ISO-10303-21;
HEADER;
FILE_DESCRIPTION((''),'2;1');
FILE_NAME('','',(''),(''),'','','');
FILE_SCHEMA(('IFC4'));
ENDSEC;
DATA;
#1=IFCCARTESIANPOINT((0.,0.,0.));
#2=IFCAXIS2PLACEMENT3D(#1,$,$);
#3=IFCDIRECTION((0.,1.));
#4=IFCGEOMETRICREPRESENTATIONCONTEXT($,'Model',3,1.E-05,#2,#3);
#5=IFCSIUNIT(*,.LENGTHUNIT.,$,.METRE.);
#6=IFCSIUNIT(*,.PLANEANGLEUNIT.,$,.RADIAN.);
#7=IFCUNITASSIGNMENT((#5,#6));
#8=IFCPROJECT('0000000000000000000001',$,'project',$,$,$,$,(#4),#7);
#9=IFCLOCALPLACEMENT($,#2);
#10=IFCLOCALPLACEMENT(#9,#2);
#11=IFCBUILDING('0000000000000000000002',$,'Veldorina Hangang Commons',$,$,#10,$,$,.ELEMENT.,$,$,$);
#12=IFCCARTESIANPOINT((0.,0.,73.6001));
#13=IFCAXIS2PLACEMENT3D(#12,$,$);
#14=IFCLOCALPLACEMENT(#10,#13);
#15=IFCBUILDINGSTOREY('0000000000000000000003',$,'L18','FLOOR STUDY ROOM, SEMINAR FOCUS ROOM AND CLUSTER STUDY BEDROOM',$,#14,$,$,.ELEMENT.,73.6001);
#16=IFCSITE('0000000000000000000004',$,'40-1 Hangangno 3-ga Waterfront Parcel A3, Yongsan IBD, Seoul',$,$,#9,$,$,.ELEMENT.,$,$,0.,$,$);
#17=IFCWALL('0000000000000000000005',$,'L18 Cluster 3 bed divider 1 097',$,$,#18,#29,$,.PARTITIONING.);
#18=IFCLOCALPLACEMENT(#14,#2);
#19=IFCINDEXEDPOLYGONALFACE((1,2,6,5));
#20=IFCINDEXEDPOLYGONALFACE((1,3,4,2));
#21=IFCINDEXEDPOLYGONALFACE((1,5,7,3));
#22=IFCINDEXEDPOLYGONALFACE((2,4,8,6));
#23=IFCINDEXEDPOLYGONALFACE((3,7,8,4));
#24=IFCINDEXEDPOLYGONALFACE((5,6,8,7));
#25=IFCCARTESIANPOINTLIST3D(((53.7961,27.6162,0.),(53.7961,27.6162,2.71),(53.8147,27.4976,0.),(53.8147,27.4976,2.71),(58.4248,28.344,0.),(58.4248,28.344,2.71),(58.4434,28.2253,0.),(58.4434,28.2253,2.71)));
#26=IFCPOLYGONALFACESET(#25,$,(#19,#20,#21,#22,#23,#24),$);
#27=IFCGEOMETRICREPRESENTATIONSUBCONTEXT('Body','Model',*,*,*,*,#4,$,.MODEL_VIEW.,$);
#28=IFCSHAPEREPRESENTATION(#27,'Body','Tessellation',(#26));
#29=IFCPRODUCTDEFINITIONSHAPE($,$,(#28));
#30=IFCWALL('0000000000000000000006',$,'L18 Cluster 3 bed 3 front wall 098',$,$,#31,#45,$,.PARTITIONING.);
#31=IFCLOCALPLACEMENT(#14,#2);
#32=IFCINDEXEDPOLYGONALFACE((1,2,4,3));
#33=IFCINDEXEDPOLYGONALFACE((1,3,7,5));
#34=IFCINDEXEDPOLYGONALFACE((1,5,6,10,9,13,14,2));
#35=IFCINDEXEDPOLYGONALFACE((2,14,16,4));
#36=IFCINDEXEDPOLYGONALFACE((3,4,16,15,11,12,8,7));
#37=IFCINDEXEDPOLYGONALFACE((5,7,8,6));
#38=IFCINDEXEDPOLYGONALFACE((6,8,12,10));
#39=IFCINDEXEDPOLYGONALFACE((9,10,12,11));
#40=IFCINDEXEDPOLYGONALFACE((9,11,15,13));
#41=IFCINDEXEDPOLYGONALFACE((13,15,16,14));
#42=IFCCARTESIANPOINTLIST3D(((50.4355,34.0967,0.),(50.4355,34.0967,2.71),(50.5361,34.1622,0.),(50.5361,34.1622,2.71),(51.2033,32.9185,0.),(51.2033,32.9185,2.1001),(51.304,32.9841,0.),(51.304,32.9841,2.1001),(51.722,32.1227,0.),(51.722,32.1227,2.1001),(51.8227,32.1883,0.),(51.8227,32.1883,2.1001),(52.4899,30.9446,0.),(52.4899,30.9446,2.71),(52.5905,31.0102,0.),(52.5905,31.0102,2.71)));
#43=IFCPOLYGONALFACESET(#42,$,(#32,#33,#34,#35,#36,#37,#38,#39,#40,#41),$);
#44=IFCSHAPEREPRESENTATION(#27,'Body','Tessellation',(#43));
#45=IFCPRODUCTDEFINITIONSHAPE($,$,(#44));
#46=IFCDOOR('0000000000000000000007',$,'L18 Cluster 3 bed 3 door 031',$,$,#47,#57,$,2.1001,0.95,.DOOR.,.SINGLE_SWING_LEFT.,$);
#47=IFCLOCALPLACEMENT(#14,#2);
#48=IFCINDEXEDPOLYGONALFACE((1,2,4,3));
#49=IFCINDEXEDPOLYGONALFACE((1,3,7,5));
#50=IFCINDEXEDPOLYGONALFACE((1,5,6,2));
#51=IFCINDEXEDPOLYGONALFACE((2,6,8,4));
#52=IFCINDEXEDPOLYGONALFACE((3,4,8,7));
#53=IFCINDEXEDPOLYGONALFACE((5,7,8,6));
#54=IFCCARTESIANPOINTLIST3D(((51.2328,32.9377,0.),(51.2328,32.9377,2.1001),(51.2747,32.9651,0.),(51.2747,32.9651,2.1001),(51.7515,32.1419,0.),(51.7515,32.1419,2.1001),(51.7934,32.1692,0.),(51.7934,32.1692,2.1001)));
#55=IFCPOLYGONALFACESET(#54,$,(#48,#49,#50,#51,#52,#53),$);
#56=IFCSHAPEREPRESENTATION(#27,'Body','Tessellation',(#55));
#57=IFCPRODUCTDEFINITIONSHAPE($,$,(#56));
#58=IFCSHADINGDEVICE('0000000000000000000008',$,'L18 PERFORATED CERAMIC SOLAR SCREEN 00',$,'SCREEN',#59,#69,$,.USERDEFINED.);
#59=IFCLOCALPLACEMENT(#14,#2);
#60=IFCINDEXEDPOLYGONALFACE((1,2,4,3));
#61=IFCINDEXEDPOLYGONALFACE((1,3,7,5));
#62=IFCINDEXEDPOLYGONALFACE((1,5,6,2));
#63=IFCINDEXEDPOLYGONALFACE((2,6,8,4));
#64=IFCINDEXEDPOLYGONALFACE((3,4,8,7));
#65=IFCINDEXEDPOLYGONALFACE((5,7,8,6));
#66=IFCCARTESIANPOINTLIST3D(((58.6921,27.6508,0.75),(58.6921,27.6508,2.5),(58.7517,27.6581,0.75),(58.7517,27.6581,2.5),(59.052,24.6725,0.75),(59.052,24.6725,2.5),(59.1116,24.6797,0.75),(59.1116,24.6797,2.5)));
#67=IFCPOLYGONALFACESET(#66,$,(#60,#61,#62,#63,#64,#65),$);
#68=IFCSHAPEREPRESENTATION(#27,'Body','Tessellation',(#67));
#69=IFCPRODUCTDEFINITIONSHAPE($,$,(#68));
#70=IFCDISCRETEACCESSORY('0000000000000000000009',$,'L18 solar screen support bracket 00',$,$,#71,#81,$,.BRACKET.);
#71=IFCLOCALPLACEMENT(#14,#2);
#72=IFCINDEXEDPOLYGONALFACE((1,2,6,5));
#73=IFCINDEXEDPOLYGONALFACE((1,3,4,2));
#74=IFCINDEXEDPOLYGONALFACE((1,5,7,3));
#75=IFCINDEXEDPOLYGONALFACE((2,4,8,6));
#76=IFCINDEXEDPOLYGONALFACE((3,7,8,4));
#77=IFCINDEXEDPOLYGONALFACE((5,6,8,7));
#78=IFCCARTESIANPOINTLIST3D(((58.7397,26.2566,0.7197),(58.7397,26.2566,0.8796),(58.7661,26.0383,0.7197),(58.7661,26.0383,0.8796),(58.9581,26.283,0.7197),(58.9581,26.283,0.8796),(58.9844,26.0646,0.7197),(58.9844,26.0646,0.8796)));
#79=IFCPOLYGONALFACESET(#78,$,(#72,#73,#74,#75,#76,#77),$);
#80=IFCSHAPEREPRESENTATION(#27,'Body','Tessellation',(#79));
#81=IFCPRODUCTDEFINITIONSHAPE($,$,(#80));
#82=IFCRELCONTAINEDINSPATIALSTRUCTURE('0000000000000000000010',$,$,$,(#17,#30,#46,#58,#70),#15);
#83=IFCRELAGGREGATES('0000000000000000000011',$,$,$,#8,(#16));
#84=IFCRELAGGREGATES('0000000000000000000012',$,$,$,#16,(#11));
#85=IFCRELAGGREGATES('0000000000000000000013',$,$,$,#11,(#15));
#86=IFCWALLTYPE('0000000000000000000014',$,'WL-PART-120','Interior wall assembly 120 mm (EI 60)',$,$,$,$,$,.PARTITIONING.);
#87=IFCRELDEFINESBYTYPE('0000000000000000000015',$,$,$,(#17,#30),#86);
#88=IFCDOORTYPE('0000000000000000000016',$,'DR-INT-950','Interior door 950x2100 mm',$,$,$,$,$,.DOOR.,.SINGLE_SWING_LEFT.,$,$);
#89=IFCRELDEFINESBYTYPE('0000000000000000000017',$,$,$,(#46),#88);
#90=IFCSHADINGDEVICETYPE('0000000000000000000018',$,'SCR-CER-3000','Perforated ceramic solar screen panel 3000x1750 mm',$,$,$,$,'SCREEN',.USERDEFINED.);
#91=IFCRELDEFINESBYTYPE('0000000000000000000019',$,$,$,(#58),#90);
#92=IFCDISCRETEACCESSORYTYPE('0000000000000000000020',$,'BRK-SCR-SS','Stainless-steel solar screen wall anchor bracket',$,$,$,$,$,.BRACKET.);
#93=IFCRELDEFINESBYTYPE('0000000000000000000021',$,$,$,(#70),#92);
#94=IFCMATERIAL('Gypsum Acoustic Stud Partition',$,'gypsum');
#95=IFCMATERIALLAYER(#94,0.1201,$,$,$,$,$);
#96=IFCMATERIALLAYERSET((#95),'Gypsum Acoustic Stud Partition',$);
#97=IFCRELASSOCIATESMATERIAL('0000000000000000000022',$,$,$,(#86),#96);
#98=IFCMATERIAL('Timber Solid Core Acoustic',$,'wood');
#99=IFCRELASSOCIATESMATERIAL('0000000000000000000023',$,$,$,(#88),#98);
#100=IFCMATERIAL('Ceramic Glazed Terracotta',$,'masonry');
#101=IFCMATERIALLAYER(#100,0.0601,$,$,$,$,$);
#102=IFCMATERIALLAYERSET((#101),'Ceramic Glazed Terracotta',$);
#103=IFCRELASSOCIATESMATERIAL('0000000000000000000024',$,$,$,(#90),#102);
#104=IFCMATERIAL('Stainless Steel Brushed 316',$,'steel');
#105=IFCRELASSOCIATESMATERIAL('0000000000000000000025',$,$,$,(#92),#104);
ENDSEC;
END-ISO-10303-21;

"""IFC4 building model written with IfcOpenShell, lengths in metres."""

from ifc_helpers import new_model, si_unit, direction, frame, frame_2d, origin, origin_2d, place, context, subcontext, project, spatial, rectangle, extrude, material, layer, layer_set, type_object, element, fill, save


model = new_model("IFC4")

# Units and contexts
model_context = context("Model", 3, precision=1e-05, world=origin(), true_north=direction((0.0, 1.0)))
body_context = subcontext(model_context, "Body", "Model", "MODEL_VIEW")
ifc_project = project(units=[si_unit("LENGTHUNIT", "METRE"), si_unit("PLANEANGLEUNIT", "RADIAN")], contexts=[model_context])

# Site, building, storey
site_placement = place(None, origin())
site = spatial("IfcSite", under=ifc_project, at=site_placement, Name="40-1 Hangangno 3-ga Waterfront Parcel A3, Yongsan IBD, Seoul", CompositionType="ELEMENT", RefElevation=0.0)
building_placement = place(site_placement, origin())
building = spatial("IfcBuilding", under=site, at=building_placement, Name="Veldorina Hangang Commons", CompositionType="ELEMENT")
storey_placement = place(building_placement, frame((0.0, 0.0, 73.6001)))
storey = spatial("IfcBuildingStorey", under=building, at=storey_placement, Name="L18", Description="FLOOR STUDY ROOM, SEMINAR FOCUS ROOM AND CLUSTER STUDY BEDROOM", CompositionType="ELEMENT", Elevation=73.6001)

# Shared definitions
ifc_material_1 = material(Name="Gypsum Acoustic Stud Partition", Category="gypsum")
ifc_layer_1 = layer(ifc_material_1, 0.1201)
ifc_layer_set_1 = layer_set([ifc_layer_1], Name="Gypsum Acoustic Stud Partition")
wall_type_1 = type_object("IfcWallType", Name="WL-PART-120", Description="Interior wall assembly 120 mm (EI 60)", PredefinedType="PARTITIONING", material=ifc_layer_set_1)

# Shared definitions
ifc_material_2 = material(Name="Timber Solid Core Acoustic", Category="wood")
door_type_1 = type_object("IfcDoorType", Name="DR-INT-950", Description="Interior door 950x2100 mm", OperationType="SINGLE_SWING_LEFT", PredefinedType="DOOR", material=ifc_material_2)

# Wall
wall_1_placement = place(storey_placement, frame((53.8054, 27.5569, 0.0), z_axis=(0.0, 0.0, 1.0), x_axis=(0.987863, 0.155326, 0.0)))
element("IfcWall", 1, at=wall_1_placement, inside=storey, type_object=wall_type_1, Name="L18 Cluster 3 bed divider 1 097", PredefinedType="PARTITIONING", context=body_context, shape_type="SweptSolid", body=[
    extrude(rectangle(XDim=4.6855, YDim=0.1201, at=frame_2d((2.3428, 0.0))), origin(), (0.0, 0.0, 1.0), 2.71),
])

# Wall, opening, door
wall_2_placement = place(storey_placement, frame((52.5403, 30.9773, 0.0), z_axis=(0.0, 0.0, 1.0), x_axis=(-0.54603, 0.837765, 0.0)))
wall_2 = element("IfcWall", 2, at=wall_2_placement, inside=storey, type_object=wall_type_1, Name="L18 Cluster 3 bed 3 front wall 098", PredefinedType="PARTITIONING", context=body_context, shape_type="SweptSolid", body=[
    extrude(rectangle(XDim=3.7625, YDim=0.1201, at=frame_2d((1.8813, 0.0))), origin(), (0.0, 0.0, 1.0), 2.71),
])
opening_1_placement = place(wall_2_placement, frame((1.4062, 0.0, 0.0)))
opening_1 = element("IfcOpeningElement", 3, at=opening_1_placement, cuts=wall_2, PredefinedType="OPENING", context=body_context, shape_type="SweptSolid", body=[
    extrude(rectangle(XDim=0.95, YDim=2.1001, at=frame_2d((0.4751, 1.05))), frame((0.0, 0.0701, 0.0), z_axis=(0.0, -1.0, 0.0), x_axis=(1.0, 0.0, 0.0)), (0.0, 0.0, 1.0), 0.1401),
])
door_1_placement = place(opening_1_placement, origin())
door_1 = element("IfcDoor", 4, at=door_1_placement, inside=storey, type_object=door_type_1, Name="L18 Cluster 3 bed 3 door 031", OperationType="SINGLE_SWING_LEFT", OverallHeight=2.1001, OverallWidth=0.95, PredefinedType="DOOR", context=body_context, shape_type="SweptSolid", body=[
    extrude(rectangle(XDim=0.95, YDim=2.1001, at=frame_2d((0.4751, 1.05))), frame((0.0, 0.0249, 0.0), z_axis=(0.0, -1.0, 0.0), x_axis=(1.0, 0.0, 0.0)), (0.0, 0.0, 1.0), 0.05),
])
fill(opening_1, door_1)

# Shading device
ifc_material_3 = material(Name="Ceramic Glazed Terracotta", Category="masonry")
ifc_layer_2 = layer(ifc_material_3, 0.0601)
ifc_layer_set_2 = layer_set([ifc_layer_2], Name="Ceramic Glazed Terracotta")
shading_device_type = type_object("IfcShadingDeviceType", Name="SCR-CER-3000", Description="Perforated ceramic solar screen panel 3000x1750 mm", ElementType="SCREEN", PredefinedType="USERDEFINED", material=ifc_layer_set_2)
shading_device_placement = place(storey_placement, frame((58.9019, 26.1653, 0.75), z_axis=(0.0, 0.0, 1.0), x_axis=(-0.119981, 0.992776, 0.0)))
element("IfcShadingDevice", 5, at=shading_device_placement, inside=storey, type_object=shading_device_type, Name="L18 PERFORATED CERAMIC SOLAR SCREEN 00", ObjectType="SCREEN", PredefinedType="USERDEFINED", context=body_context, shape_type="SweptSolid", body=[
    extrude(rectangle(XDim=3.0, YDim=0.0601, at=origin_2d()), origin(), (0.0, 0.0, 1.0), 1.75),
])

# Discrete accessory
ifc_material_4 = material(Name="Stainless Steel Brushed 316", Category="steel")
discrete_accessory_type = type_object("IfcDiscreteAccessoryType", Name="BRK-SCR-SS", Description="Stainless-steel solar screen wall anchor bracket", PredefinedType="BRACKET", material=ifc_material_4)
discrete_accessory_placement = place(storey_placement, frame((58.8621, 26.1606, 0.7197), z_axis=(0.0, 0.0, 1.0), x_axis=(-0.119981, 0.992776, 0.0)))
element("IfcDiscreteAccessory", 6, at=discrete_accessory_placement, inside=storey, type_object=discrete_accessory_type, Name="L18 solar screen support bracket 00", PredefinedType="BRACKET", context=body_context, shape_type="SweptSolid", body=[
    extrude(rectangle(XDim=0.22, YDim=0.22, at=origin_2d()), origin(), (0.0, 0.0, 1.0), 0.1599),
])

save(model, "model.ifc")
